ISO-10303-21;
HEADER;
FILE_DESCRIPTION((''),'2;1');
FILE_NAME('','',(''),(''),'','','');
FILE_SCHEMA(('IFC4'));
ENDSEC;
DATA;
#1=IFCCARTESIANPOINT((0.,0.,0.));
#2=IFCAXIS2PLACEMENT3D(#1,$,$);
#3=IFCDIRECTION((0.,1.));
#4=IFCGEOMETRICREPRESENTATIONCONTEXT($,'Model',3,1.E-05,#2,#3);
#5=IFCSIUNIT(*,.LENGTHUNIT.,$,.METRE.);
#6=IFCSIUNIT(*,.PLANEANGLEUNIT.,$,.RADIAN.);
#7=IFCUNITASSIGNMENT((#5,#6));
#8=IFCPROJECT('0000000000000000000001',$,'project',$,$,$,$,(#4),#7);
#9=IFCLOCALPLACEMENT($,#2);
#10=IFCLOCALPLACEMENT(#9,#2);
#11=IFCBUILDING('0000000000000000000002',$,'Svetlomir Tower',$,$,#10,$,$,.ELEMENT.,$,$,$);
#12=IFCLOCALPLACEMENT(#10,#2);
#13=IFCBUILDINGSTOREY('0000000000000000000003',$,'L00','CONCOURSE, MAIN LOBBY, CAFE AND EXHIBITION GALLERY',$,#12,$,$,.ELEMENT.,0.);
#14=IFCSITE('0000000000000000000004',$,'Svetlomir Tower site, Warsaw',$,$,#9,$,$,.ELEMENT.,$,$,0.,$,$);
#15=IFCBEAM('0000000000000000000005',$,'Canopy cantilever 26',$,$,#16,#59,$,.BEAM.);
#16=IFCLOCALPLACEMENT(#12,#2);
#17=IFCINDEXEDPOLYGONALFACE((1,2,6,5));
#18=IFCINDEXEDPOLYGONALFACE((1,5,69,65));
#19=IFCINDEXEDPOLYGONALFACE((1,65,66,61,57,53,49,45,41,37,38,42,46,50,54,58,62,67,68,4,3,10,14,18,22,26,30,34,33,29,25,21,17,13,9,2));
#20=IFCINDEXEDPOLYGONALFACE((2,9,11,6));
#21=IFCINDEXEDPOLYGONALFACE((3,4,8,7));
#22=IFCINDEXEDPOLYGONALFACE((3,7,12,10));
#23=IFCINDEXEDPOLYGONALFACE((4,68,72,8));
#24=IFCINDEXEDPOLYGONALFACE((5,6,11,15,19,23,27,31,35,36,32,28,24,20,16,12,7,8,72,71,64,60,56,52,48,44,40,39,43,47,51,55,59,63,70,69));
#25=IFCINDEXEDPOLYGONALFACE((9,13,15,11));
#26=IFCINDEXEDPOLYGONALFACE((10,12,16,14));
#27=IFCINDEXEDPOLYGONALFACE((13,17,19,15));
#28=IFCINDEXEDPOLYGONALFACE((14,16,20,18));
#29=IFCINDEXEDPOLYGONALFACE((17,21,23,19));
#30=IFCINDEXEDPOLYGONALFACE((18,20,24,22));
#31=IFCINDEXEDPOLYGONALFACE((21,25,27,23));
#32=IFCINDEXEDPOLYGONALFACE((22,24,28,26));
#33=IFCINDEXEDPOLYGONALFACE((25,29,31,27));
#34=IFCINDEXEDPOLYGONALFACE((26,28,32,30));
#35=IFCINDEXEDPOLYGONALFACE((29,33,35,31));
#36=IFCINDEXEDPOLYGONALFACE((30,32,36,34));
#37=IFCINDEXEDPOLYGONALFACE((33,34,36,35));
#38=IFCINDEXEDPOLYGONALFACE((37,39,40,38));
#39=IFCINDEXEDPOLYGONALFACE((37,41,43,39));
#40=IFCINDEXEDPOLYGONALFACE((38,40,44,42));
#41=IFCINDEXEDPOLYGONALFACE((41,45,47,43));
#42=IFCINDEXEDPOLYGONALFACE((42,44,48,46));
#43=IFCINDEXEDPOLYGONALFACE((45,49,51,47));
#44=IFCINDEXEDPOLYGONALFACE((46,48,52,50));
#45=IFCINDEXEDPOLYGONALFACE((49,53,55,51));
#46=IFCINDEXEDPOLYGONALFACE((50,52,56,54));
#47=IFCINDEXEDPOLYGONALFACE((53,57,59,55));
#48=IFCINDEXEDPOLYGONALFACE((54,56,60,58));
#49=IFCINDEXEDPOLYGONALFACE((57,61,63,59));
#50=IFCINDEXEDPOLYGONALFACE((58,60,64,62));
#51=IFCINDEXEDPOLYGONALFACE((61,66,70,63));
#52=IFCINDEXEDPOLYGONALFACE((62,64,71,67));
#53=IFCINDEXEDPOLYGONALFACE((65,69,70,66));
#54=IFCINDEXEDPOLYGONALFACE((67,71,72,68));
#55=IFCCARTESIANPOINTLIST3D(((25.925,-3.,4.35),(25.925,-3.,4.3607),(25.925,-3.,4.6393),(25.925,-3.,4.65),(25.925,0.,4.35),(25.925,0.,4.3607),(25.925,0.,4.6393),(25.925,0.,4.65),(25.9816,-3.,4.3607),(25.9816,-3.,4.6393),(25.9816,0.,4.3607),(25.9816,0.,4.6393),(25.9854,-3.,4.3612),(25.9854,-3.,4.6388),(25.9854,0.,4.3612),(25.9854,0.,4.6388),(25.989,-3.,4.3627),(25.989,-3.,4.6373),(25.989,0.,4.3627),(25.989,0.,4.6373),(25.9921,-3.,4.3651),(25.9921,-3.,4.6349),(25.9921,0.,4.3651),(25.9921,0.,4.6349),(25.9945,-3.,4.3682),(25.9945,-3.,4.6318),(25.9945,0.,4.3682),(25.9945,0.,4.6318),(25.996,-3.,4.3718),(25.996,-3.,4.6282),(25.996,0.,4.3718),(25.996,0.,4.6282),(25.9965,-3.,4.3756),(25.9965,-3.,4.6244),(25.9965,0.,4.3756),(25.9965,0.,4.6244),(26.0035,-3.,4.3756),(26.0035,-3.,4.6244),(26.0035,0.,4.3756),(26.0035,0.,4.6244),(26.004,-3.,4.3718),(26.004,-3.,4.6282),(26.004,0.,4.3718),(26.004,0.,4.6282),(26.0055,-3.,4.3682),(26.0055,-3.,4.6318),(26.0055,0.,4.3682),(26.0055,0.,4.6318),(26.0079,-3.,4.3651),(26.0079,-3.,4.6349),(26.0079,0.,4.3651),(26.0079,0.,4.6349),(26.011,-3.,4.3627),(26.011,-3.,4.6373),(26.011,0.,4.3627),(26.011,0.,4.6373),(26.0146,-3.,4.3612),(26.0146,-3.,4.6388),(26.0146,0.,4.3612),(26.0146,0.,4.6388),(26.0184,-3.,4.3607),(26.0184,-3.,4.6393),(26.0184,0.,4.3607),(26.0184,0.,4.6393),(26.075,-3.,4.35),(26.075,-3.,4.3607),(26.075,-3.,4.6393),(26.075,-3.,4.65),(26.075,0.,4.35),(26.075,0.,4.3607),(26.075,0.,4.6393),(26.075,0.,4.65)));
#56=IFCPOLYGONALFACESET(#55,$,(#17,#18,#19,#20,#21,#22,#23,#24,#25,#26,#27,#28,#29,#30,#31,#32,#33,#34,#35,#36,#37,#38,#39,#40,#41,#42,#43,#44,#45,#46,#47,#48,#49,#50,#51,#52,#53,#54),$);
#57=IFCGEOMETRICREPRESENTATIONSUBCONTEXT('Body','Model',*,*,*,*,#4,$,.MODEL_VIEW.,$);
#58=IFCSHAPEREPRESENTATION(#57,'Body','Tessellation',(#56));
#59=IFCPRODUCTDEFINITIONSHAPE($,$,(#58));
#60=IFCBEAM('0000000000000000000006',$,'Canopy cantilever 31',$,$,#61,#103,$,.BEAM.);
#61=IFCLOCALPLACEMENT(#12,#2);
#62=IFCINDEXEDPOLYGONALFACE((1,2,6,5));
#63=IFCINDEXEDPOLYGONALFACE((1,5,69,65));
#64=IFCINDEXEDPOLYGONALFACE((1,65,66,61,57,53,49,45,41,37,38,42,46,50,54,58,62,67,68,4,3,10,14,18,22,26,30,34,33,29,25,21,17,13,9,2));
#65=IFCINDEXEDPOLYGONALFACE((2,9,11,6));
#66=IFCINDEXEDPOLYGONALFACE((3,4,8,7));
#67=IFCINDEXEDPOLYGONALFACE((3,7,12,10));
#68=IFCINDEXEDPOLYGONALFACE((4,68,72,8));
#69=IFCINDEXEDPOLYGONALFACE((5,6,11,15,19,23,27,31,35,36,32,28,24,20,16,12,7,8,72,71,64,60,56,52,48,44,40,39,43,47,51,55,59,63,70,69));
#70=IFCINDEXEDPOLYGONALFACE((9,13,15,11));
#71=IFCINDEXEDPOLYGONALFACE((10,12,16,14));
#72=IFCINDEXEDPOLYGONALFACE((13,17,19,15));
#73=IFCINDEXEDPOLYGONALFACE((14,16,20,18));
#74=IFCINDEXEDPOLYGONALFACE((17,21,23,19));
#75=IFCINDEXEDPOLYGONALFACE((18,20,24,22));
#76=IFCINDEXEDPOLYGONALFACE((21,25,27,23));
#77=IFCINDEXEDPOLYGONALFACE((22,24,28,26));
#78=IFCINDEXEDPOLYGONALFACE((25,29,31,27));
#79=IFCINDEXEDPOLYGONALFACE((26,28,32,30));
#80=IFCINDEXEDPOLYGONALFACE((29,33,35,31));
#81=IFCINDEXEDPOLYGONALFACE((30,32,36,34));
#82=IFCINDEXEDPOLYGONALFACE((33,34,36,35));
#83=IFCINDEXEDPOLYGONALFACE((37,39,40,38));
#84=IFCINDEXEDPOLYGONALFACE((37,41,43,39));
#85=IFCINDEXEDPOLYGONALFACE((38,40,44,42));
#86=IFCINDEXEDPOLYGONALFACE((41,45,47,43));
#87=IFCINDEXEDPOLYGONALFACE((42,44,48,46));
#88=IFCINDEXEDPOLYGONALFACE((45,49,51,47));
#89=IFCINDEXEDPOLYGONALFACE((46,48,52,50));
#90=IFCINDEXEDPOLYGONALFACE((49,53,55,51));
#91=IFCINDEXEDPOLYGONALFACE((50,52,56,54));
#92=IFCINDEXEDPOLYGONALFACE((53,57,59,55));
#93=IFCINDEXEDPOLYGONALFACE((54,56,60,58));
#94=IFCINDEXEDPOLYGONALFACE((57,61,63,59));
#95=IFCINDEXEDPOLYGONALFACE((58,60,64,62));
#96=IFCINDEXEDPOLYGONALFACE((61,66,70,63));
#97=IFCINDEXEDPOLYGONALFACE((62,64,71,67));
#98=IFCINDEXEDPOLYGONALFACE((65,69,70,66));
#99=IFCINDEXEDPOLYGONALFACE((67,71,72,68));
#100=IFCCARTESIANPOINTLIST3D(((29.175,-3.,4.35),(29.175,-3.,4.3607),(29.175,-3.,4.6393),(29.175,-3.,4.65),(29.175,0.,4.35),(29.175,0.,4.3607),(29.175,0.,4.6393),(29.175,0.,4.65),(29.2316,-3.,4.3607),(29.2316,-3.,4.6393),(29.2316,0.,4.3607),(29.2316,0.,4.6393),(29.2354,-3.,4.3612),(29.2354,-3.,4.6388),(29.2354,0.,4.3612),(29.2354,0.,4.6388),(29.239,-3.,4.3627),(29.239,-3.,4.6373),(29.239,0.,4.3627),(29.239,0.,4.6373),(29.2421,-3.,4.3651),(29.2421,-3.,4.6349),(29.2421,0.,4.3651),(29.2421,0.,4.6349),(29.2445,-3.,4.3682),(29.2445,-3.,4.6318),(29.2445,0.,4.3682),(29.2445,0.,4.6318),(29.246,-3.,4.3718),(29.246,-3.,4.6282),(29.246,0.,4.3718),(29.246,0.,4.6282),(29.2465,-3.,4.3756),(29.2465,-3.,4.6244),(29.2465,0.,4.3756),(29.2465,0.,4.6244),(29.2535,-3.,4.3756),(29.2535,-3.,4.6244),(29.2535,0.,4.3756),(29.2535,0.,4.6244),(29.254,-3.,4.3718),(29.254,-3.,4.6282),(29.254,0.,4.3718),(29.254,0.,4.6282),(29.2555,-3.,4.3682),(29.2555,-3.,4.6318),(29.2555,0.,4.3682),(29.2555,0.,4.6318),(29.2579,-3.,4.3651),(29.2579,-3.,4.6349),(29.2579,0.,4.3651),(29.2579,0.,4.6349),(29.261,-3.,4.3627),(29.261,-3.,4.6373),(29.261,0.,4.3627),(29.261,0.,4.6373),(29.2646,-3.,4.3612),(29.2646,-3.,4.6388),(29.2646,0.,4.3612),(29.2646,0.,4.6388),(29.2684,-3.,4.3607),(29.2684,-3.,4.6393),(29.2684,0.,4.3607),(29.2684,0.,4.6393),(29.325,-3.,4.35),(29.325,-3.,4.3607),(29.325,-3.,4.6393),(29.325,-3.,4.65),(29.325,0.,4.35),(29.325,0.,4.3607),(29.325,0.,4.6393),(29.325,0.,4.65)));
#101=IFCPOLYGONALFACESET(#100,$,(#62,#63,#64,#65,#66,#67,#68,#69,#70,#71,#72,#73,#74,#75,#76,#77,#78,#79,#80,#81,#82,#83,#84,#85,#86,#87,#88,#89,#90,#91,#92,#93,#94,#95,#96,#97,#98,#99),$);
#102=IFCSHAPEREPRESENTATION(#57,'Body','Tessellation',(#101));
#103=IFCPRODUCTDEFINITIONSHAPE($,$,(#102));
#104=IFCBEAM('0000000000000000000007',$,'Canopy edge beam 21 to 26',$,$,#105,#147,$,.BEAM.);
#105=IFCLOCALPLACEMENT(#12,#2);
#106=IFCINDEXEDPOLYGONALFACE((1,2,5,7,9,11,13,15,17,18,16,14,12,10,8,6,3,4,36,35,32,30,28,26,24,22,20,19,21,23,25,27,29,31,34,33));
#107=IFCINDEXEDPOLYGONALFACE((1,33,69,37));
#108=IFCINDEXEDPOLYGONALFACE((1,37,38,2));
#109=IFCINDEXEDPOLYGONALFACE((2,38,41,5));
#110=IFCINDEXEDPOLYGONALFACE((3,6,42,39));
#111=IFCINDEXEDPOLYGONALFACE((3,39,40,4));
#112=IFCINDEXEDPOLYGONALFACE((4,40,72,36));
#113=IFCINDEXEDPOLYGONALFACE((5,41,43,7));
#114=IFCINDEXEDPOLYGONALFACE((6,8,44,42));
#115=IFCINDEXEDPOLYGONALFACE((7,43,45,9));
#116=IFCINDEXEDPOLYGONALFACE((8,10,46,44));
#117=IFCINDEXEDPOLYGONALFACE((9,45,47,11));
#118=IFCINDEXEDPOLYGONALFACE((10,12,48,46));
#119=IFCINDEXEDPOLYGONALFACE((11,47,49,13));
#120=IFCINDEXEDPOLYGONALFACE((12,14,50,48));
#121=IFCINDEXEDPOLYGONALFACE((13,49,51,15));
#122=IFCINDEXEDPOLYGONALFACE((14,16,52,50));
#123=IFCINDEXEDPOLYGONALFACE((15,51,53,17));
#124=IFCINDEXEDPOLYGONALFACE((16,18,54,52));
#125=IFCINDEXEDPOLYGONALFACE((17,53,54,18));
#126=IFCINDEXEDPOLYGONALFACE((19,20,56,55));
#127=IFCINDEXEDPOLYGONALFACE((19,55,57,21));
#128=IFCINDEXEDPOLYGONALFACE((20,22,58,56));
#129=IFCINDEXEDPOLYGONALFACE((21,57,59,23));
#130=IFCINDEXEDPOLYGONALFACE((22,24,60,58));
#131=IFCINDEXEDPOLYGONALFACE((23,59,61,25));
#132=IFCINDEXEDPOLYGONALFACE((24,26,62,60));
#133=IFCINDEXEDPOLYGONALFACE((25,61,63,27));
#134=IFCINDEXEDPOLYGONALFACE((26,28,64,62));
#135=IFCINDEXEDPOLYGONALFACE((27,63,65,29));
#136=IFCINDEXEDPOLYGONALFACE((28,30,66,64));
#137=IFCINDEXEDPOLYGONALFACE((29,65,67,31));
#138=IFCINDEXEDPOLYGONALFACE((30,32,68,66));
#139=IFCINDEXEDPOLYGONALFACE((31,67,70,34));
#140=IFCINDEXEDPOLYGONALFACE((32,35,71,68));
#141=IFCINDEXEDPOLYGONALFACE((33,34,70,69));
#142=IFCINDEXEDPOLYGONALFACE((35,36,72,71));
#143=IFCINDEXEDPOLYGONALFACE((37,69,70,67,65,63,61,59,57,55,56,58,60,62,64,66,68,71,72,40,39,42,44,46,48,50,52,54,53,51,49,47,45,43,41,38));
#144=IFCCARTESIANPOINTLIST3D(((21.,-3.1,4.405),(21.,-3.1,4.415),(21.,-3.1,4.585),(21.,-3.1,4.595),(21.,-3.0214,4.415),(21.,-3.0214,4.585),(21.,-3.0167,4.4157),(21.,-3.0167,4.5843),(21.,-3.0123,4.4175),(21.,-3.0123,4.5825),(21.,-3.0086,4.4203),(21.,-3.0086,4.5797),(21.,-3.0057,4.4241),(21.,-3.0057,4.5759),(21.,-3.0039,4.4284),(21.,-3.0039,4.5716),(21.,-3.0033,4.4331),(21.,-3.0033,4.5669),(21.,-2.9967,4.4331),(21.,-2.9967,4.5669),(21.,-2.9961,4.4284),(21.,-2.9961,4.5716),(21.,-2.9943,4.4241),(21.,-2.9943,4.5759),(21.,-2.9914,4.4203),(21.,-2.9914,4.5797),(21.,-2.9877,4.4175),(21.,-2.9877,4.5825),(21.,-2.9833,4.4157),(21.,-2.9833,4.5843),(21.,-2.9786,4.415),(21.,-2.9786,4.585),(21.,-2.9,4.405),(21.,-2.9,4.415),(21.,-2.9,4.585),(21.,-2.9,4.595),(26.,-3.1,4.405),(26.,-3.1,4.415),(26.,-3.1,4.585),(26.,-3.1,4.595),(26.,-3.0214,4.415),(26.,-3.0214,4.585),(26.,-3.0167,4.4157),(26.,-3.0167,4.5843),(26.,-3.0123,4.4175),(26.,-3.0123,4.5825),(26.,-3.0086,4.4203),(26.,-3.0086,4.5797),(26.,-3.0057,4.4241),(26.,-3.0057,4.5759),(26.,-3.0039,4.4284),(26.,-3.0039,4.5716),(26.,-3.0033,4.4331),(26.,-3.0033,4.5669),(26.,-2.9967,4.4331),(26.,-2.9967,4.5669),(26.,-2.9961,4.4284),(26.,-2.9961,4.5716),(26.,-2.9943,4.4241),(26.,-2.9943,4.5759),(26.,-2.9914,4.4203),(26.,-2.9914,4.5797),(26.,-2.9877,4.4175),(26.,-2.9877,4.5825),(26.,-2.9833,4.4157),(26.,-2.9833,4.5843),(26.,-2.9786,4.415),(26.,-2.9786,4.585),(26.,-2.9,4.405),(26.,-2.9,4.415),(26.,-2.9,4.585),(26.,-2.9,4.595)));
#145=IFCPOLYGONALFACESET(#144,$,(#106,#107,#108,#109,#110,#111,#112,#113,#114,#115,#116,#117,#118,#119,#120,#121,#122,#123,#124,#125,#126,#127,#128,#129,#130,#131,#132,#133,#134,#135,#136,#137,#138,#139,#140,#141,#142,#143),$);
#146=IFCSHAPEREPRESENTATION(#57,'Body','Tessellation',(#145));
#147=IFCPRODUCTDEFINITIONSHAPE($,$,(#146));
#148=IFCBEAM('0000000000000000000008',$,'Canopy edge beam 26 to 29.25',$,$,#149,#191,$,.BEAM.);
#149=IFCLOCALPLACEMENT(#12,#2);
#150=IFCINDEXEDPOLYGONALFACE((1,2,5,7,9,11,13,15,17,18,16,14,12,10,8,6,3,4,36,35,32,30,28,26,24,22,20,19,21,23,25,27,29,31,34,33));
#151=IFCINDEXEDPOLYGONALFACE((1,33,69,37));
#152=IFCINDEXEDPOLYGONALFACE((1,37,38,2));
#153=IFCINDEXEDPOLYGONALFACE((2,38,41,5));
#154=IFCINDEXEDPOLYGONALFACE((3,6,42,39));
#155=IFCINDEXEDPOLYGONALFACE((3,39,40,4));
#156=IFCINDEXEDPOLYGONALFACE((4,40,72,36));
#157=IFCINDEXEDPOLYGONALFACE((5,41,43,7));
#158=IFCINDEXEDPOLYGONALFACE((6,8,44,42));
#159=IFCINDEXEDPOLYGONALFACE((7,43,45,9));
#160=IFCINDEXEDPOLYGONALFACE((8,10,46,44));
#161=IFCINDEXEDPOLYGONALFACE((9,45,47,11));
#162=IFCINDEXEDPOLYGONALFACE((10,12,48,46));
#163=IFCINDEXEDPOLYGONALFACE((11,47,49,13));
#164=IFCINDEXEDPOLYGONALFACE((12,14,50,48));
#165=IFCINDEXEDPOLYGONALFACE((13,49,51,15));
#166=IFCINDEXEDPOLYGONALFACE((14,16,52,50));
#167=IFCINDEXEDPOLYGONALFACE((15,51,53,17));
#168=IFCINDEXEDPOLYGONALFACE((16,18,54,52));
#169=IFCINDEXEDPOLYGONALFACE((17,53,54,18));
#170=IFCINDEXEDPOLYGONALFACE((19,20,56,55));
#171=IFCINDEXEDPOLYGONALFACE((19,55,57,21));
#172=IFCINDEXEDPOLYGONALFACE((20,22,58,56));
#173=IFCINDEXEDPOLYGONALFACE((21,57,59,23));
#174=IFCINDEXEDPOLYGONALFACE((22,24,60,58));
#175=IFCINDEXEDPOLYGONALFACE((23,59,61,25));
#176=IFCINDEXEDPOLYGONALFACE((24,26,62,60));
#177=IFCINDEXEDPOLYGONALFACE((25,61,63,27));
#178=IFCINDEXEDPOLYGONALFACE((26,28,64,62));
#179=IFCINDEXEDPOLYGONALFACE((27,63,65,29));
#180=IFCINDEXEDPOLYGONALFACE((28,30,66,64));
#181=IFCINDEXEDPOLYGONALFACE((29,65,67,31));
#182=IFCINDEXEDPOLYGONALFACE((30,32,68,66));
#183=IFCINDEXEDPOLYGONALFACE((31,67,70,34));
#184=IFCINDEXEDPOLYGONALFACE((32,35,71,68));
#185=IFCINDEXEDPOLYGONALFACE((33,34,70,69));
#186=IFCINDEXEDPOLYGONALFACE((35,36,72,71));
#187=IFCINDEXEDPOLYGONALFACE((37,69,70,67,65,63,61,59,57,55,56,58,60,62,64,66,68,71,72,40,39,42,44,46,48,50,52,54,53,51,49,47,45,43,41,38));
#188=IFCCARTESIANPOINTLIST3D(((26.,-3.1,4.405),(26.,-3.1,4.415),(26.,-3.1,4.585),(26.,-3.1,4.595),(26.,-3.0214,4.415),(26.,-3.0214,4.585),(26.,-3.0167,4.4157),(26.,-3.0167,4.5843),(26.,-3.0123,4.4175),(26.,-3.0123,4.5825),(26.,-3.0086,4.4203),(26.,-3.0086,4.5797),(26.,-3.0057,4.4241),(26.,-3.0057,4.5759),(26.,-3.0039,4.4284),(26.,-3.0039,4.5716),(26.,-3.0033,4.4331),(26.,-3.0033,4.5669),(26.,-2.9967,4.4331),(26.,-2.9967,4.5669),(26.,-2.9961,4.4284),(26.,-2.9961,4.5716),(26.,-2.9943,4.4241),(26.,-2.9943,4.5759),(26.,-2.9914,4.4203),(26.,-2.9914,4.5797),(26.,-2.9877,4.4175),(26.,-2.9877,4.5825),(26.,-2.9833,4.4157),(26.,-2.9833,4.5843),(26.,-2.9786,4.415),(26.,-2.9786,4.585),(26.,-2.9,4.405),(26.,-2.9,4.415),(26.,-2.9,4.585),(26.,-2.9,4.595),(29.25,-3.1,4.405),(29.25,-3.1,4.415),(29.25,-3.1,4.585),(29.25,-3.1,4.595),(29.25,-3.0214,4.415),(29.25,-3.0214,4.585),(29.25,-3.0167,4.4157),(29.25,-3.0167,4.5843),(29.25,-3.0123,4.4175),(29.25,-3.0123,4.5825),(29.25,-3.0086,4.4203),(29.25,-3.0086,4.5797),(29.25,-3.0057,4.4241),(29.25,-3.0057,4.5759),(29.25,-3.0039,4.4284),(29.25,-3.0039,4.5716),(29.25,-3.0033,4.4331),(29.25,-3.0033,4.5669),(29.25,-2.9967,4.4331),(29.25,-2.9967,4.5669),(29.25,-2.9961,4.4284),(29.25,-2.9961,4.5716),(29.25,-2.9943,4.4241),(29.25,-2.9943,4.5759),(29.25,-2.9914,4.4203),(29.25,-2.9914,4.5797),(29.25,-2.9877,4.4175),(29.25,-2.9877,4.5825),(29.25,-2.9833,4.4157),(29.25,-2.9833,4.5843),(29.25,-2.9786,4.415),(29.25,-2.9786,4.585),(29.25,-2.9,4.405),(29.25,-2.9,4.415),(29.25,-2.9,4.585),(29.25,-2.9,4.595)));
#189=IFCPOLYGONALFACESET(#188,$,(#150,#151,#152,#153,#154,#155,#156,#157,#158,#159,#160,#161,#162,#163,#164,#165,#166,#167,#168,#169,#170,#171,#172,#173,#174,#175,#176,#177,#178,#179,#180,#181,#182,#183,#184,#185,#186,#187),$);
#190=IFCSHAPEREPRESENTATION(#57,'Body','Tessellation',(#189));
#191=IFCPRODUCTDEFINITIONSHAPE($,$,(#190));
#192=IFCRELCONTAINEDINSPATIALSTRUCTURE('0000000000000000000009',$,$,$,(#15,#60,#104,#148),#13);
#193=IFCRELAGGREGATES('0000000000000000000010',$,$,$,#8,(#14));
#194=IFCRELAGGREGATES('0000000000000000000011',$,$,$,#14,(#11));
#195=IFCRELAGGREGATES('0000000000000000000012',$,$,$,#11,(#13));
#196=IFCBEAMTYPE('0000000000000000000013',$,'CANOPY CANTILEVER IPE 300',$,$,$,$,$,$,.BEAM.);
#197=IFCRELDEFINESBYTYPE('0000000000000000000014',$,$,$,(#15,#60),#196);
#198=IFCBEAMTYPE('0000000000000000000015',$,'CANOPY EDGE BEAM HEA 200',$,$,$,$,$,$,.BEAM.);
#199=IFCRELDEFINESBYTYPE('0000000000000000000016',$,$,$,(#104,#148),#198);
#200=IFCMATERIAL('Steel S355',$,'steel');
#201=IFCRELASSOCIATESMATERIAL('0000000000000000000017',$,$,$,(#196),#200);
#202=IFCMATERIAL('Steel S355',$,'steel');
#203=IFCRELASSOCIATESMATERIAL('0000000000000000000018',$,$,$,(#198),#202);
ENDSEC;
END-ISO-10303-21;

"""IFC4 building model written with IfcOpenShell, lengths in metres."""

from ifc_helpers import new_model, si_unit, direction, frame, origin, origin_2d, place, context, subcontext, project, spatial, i_section, extrude, material, material_profile, profile_set, type_object, element, save


model = new_model("IFC4")

# Units and contexts
model_context = context("Model", 3, precision=1e-05, world=origin(), true_north=direction((0.0, 1.0)))
body_context = subcontext(model_context, "Body", "Model", "MODEL_VIEW")
ifc_project = project(units=[si_unit("LENGTHUNIT", "METRE"), si_unit("PLANEANGLEUNIT", "RADIAN")], contexts=[model_context])

# Site, building, storey
site_placement = place(None, origin())
site = spatial("IfcSite", under=ifc_project, at=site_placement, Name="Svetlomir Tower site, Warsaw", CompositionType="ELEMENT", RefElevation=0.0)
building_placement = place(site_placement, origin())
building = spatial("IfcBuilding", under=site, at=building_placement, Name="Svetlomir Tower", CompositionType="ELEMENT")
storey_placement = place(building_placement, origin())
storey = spatial("IfcBuildingStorey", under=building, at=storey_placement, Name="L00", Description="CONCOURSE, MAIN LOBBY, CAFE AND EXHIBITION GALLERY", CompositionType="ELEMENT", Elevation=0.0)

# Beams
ifc_material_1 = material(Name="Steel S355", Category="steel")
ifc_material_profile_1 = material_profile(ifc_material_1, i_section(OverallWidth=0.1499, OverallDepth=0.3, WebThickness=0.0071, FlangeThickness=0.0107, FilletRadius=0.0149, at=origin_2d()), Name="IPE 300")
ifc_profile_set_1 = profile_set([ifc_material_profile_1], Name="Steel S355")
beam_type_1 = type_object("IfcBeamType", Name="CANOPY CANTILEVER IPE 300", PredefinedType="BEAM", material=ifc_profile_set_1)
for number, where, z_axis, x_axis, name in (
    (1, (26.0, 0.0, 4.5), (0.0, -1.0, 0.0), (1.0, 0.0, 0.0), "Canopy cantilever 26"),
    (2, (29.25, 0.0, 4.5), (0.0, -1.0, 0.0), (1.0, 0.0, 0.0), "Canopy cantilever 31"),
):
    element("IfcBeam", number, at=place(storey_placement, frame(where, z_axis=z_axis, x_axis=x_axis)), inside=storey, type_object=beam_type_1, Name=name, PredefinedType="BEAM", context=body_context, shape_type="SweptSolid", body=[
        extrude(i_section(OverallWidth=0.1499, OverallDepth=0.3, WebThickness=0.0071, FlangeThickness=0.0107, FilletRadius=0.0149, at=origin_2d()), origin(), (0.0, 0.0, 1.0), 3.0),
    ])
ifc_material_2 = material(Name="Steel S355", Category="steel")
ifc_material_profile_2 = material_profile(ifc_material_2, i_section(OverallWidth=0.2, OverallDepth=0.1899, WebThickness=0.0066, FlangeThickness=0.01, FilletRadius=0.0181, at=origin_2d()), Name="HEA 200")
ifc_profile_set_2 = profile_set([ifc_material_profile_2], Name="Steel S355")
beam_type_2 = type_object("IfcBeamType", Name="CANOPY EDGE BEAM HEA 200", PredefinedType="BEAM", material=ifc_profile_set_2)
beam_1_placement = place(storey_placement, frame((21.0, -3.0, 4.5), z_axis=(1.0, 0.0, 0.0), x_axis=(0.0, 1.0, 0.0)))
element("IfcBeam", 3, at=beam_1_placement, inside=storey, type_object=beam_type_2, Name="Canopy edge beam 21 to 26", PredefinedType="BEAM", context=body_context, shape_type="SweptSolid", body=[
    extrude(i_section(OverallWidth=0.2, OverallDepth=0.1899, WebThickness=0.0066, FlangeThickness=0.01, FilletRadius=0.0181, at=origin_2d()), origin(), (0.0, 0.0, 1.0), 5.0),
])
beam_2_placement = place(storey_placement, frame((26.0, -3.0, 4.5), z_axis=(1.0, 0.0, 0.0), x_axis=(0.0, 1.0, 0.0)))
element("IfcBeam", 4, at=beam_2_placement, inside=storey, type_object=beam_type_2, Name="Canopy edge beam 26 to 29.25", PredefinedType="BEAM", context=body_context, shape_type="SweptSolid", body=[
    extrude(i_section(OverallWidth=0.2, OverallDepth=0.1899, WebThickness=0.0066, FlangeThickness=0.01, FilletRadius=0.0181, at=origin_2d()), origin(), (0.0, 0.0, 1.0), 3.25),
])

save(model, "model.ifc")
